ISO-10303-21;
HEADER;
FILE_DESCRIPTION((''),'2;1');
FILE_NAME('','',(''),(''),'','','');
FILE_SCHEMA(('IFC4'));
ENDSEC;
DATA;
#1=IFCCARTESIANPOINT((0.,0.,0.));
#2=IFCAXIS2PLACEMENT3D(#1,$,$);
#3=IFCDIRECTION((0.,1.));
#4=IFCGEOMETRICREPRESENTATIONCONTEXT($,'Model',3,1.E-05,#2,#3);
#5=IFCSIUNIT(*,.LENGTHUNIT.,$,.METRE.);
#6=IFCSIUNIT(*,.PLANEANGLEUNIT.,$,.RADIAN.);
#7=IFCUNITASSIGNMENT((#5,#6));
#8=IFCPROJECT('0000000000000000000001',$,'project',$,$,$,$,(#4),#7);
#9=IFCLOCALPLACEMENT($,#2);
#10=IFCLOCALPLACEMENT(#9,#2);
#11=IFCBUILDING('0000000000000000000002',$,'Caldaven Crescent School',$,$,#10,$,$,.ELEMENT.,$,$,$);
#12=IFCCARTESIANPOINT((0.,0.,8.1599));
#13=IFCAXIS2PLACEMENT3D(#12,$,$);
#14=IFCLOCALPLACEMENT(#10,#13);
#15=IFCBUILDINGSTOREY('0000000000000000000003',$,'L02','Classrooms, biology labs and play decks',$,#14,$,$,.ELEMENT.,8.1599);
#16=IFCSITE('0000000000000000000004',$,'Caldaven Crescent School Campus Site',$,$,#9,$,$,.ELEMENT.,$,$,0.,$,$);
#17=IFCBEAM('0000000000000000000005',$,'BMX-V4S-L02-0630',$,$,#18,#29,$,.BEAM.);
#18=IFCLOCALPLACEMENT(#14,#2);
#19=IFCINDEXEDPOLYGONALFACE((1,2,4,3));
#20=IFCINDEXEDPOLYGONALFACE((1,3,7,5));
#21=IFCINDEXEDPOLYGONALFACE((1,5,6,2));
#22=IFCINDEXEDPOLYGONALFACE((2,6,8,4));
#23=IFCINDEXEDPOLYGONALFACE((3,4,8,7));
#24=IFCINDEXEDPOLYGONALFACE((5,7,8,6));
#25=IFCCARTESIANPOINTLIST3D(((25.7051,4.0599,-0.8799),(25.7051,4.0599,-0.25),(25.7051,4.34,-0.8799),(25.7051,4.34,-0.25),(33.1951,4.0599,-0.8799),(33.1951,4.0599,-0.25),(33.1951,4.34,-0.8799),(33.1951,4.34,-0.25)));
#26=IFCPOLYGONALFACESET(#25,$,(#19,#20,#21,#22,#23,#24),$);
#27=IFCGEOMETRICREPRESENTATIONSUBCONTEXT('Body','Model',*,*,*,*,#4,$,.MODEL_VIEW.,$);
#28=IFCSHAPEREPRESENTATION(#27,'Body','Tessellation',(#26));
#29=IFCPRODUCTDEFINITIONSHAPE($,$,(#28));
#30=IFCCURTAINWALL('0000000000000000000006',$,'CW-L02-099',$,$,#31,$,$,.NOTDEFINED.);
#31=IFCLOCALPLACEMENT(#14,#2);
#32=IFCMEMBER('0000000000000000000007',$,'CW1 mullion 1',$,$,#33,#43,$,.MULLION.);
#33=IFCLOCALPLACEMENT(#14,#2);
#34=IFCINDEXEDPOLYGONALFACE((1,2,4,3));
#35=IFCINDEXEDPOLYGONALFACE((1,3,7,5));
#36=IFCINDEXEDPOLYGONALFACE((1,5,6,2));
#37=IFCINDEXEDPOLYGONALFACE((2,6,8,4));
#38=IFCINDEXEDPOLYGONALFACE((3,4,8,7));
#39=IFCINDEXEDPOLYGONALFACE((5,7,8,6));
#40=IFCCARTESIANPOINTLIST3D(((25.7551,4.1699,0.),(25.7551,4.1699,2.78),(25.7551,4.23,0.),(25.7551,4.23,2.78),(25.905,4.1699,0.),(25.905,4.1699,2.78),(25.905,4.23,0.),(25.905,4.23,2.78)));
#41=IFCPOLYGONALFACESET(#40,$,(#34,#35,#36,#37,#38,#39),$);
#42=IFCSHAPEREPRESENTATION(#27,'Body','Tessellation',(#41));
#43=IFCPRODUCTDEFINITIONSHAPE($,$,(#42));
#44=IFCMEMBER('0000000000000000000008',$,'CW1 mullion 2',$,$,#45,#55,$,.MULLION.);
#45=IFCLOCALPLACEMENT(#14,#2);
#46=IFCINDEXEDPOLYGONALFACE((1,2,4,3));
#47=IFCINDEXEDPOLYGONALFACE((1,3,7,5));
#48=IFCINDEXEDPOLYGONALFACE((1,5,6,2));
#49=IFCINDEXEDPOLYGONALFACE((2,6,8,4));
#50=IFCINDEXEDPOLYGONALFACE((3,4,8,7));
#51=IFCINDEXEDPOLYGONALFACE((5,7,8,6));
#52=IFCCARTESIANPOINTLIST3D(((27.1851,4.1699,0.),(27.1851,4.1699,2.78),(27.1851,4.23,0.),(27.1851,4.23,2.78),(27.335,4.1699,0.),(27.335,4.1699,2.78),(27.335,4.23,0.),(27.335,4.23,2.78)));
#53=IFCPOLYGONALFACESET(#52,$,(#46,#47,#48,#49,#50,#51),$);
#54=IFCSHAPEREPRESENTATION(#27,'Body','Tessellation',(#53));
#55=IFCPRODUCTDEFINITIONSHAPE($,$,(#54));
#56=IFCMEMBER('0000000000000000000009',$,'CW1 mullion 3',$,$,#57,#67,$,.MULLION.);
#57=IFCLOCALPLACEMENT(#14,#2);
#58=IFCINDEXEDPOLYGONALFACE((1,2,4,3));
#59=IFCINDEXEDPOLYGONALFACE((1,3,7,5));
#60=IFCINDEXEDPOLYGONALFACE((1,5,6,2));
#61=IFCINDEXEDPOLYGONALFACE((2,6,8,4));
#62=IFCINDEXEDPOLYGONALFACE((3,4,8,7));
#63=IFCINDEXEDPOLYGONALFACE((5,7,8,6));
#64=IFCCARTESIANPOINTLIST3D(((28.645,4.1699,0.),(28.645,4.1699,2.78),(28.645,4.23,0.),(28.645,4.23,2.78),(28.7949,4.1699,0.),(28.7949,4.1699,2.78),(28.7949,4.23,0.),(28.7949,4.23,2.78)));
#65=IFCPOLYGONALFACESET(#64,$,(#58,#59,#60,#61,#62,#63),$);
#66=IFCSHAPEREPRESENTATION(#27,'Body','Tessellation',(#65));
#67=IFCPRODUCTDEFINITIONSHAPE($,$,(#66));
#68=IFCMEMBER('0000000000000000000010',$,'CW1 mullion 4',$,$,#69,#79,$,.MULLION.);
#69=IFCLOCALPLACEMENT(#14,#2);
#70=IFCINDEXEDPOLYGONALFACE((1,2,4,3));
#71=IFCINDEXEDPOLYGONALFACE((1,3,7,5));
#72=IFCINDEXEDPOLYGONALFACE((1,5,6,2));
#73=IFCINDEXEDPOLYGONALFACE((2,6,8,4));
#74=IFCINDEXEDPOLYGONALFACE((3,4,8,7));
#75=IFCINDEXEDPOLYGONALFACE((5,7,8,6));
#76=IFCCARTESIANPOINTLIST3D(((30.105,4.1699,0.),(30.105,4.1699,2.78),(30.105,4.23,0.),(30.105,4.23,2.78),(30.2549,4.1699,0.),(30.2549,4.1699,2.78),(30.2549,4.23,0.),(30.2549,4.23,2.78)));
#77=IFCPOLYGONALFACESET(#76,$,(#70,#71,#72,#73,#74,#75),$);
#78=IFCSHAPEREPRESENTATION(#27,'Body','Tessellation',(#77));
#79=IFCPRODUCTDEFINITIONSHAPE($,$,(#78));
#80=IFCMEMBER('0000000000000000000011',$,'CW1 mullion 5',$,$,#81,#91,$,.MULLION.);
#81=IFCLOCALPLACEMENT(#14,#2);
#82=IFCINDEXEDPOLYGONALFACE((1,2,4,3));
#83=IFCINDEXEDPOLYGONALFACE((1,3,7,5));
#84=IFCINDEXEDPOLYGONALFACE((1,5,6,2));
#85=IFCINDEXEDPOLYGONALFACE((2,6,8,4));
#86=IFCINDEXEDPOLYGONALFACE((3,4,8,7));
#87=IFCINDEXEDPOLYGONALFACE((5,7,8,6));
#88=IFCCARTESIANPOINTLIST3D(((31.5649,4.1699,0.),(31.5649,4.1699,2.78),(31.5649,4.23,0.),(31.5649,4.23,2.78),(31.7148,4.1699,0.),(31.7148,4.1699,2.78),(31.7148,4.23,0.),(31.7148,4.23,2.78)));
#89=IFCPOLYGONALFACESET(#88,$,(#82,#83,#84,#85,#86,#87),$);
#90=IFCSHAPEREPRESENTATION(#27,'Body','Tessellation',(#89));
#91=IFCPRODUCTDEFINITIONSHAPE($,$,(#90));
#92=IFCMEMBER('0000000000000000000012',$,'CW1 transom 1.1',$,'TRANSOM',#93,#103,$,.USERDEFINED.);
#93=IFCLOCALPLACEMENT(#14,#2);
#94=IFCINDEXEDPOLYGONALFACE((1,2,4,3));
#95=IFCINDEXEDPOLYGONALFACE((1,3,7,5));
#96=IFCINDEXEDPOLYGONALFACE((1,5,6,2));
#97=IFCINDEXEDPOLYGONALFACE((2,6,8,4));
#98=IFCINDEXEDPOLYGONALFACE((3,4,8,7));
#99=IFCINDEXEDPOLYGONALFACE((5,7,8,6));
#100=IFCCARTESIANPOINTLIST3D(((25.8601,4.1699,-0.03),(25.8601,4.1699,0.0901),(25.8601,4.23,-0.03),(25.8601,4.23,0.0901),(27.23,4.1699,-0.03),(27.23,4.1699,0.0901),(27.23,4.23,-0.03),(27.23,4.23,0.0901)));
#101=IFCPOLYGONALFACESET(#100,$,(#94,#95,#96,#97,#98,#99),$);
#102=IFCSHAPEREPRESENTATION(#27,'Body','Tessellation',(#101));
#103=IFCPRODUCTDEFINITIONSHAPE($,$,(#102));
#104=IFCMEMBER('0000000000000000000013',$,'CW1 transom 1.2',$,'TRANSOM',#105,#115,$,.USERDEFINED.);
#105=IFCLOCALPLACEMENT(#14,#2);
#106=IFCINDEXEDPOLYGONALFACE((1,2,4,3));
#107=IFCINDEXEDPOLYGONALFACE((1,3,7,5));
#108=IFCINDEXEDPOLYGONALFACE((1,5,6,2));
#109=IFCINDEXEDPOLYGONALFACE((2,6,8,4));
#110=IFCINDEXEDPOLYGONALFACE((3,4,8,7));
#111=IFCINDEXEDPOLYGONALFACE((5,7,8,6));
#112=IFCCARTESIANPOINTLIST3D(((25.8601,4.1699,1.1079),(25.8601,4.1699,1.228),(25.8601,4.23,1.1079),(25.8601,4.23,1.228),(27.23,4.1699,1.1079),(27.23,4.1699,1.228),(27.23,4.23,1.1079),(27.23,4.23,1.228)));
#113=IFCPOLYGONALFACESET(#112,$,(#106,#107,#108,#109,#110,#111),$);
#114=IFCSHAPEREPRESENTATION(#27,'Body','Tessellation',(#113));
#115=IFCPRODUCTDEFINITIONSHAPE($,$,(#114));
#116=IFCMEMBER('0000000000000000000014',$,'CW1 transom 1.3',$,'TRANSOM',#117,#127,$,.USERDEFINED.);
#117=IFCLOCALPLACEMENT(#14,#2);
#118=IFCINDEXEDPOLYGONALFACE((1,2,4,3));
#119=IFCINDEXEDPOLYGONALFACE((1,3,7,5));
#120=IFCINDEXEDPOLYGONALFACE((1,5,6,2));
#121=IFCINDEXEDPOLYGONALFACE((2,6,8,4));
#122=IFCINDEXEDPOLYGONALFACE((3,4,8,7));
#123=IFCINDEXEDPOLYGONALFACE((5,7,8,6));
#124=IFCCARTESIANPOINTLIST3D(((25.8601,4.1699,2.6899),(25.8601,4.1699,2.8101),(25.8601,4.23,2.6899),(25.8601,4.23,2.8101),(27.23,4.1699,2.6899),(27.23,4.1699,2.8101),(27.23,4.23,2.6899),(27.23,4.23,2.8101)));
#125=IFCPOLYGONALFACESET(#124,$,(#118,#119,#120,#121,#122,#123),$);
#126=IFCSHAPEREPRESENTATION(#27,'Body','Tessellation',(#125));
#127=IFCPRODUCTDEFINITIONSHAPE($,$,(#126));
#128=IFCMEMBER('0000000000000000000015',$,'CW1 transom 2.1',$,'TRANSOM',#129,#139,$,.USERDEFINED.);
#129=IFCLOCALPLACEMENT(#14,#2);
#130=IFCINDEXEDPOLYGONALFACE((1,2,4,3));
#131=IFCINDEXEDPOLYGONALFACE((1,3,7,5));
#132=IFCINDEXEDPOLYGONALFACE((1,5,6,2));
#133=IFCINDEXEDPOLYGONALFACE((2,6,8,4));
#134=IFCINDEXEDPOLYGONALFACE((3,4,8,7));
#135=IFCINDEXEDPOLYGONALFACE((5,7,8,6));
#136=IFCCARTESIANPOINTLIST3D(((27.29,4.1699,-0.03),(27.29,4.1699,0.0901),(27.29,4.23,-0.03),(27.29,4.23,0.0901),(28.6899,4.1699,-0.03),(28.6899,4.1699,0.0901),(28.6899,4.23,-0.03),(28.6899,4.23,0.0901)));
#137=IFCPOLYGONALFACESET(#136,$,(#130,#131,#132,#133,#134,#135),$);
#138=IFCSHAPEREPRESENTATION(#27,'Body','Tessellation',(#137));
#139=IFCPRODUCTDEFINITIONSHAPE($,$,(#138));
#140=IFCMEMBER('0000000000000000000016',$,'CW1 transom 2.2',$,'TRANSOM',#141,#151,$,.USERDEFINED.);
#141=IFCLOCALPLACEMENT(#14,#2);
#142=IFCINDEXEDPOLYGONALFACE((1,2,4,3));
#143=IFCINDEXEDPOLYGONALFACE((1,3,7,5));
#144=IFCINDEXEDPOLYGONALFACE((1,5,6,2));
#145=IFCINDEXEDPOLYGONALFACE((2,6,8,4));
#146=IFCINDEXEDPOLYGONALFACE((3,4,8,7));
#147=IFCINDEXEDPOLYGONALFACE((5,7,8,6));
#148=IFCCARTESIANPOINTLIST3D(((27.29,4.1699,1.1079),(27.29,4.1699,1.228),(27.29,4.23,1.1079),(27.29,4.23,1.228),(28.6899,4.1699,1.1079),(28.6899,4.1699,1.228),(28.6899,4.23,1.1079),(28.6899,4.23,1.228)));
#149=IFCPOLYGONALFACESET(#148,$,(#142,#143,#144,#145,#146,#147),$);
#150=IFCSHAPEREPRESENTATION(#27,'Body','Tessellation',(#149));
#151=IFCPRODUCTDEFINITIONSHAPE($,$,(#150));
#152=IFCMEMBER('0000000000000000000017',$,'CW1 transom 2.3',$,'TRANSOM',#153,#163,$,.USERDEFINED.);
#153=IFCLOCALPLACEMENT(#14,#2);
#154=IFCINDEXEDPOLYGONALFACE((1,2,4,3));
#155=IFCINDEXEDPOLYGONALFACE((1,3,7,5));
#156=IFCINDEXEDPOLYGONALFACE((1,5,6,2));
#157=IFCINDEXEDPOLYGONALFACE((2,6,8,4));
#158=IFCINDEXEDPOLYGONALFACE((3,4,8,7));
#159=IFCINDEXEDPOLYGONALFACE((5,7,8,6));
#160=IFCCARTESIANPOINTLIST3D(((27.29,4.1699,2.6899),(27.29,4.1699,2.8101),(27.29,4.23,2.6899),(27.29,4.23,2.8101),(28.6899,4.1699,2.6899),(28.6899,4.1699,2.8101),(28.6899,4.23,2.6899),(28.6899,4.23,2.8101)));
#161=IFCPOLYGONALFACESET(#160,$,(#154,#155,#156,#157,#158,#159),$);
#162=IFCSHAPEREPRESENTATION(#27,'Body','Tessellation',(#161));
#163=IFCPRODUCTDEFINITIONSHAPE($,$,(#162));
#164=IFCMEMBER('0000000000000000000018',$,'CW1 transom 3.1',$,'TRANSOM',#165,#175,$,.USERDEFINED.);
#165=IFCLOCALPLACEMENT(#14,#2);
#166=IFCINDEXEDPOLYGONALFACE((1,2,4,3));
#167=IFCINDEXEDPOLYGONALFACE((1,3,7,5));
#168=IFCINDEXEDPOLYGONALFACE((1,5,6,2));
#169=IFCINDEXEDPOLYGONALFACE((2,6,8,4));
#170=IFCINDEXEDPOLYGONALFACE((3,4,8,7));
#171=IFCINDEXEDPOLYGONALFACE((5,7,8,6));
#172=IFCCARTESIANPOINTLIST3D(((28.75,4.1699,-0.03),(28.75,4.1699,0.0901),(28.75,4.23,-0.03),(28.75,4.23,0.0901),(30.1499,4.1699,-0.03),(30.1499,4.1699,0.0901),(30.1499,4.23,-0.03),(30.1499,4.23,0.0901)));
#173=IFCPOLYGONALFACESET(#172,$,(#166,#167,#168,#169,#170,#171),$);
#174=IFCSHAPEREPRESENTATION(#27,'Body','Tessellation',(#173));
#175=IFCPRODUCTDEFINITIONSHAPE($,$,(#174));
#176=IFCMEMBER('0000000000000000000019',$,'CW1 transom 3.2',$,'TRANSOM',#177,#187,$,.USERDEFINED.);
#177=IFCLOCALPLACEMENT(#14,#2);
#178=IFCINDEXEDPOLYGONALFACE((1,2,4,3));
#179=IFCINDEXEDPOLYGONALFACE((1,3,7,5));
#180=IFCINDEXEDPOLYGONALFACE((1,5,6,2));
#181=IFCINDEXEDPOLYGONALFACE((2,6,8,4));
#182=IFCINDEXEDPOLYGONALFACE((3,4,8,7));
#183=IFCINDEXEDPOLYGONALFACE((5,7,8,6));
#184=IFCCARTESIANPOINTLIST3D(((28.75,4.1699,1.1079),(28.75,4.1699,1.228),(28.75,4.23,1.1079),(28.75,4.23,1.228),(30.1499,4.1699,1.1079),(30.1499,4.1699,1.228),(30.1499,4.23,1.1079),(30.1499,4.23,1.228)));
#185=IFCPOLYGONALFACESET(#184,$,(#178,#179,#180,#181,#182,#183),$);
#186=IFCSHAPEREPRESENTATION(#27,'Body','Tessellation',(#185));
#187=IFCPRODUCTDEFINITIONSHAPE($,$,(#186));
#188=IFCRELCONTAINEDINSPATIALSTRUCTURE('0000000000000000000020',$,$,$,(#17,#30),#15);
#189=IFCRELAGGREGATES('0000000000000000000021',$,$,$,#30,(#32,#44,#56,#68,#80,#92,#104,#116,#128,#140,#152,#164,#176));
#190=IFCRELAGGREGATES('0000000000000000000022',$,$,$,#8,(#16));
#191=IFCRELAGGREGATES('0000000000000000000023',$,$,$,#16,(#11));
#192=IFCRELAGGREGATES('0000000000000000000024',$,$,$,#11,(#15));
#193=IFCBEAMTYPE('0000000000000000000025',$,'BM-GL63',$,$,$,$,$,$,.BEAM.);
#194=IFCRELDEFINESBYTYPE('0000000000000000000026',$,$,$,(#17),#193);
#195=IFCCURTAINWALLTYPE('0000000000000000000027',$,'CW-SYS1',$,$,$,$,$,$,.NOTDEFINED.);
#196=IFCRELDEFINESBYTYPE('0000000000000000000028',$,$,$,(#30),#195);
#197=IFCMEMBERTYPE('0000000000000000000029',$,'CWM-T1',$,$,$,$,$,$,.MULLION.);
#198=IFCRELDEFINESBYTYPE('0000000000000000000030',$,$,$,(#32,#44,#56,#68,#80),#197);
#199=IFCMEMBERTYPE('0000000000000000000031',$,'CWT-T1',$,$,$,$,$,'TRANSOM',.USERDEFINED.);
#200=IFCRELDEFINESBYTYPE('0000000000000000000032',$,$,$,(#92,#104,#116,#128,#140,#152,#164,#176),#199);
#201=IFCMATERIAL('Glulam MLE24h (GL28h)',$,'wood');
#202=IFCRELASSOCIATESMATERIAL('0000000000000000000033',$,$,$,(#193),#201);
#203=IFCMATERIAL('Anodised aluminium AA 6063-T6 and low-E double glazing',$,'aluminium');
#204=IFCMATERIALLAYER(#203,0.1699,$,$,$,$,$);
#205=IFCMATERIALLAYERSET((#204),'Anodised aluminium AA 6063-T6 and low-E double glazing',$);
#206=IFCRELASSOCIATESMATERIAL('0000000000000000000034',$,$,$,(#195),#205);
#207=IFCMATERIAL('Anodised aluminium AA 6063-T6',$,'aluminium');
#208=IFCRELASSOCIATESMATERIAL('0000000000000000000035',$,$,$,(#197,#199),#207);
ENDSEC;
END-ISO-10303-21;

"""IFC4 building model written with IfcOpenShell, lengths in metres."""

from ifc_helpers import new_model, si_unit, direction, frame, origin, origin_2d, place, context, subcontext, project, spatial, rectangle, extrude, material, layer, layer_set, material_profile, profile_set, type_object, element, aggregate, save


model = new_model("IFC4")

# Units and contexts
model_context = context("Model", 3, precision=1e-05, world=origin(), true_north=direction((0.0, 1.0)))
body_context = subcontext(model_context, "Body", "Model", "MODEL_VIEW")
ifc_project = project(units=[si_unit("LENGTHUNIT", "METRE"), si_unit("PLANEANGLEUNIT", "RADIAN")], contexts=[model_context])

# Site, building, storey
site_placement = place(None, origin())
site = spatial("IfcSite", under=ifc_project, at=site_placement, Name="Caldaven Crescent School Campus Site", CompositionType="ELEMENT", RefElevation=0.0)
building_placement = place(site_placement, origin())
building = spatial("IfcBuilding", under=site, at=building_placement, Name="Caldaven Crescent School", CompositionType="ELEMENT")
storey_placement = place(building_placement, frame((0.0, 0.0, 8.1599)))
storey = spatial("IfcBuildingStorey", under=building, at=storey_placement, Name="L02", Description="Classrooms, biology labs and play decks", CompositionType="ELEMENT", Elevation=8.1599)

# Beam
ifc_material_1 = material(Name="Glulam MLE24h (GL28h)", Category="wood")
ifc_material_profile_1 = material_profile(ifc_material_1, rectangle(XDim=0.28, YDim=0.6299, at=origin_2d()), Name="MLE 280x630")
ifc_profile_set_1 = profile_set([ifc_material_profile_1], Name="Glulam MLE24h (GL28h)")
beam_type = type_object("IfcBeamType", Name="BM-GL63", PredefinedType="BEAM", material=ifc_profile_set_1)
beam_placement = place(storey_placement, frame((25.7051, 4.2, -0.5649), z_axis=(1.0, 0.0, 0.0), x_axis=(0.0, 1.0, 0.0)))
element("IfcBeam", 1, at=beam_placement, inside=storey, type_object=beam_type, Name="BMX-V4S-L02-0630", PredefinedType="BEAM", context=body_context, shape_type="SweptSolid", body=[
    extrude(rectangle(XDim=0.28, YDim=0.6299, at=origin_2d()), origin(), (0.0, 0.0, 1.0), 7.49),
])

# Curtain wall, members
ifc_material_2 = material(Name="Anodised aluminium AA 6063-T6 and low-E double glazing", Category="aluminium")
ifc_layer_1 = layer(ifc_material_2, 0.1699)
ifc_layer_set_1 = layer_set([ifc_layer_1], Name="Anodised aluminium AA 6063-T6 and low-E double glazing")
curtain_wall_type = type_object("IfcCurtainWallType", Name="CW-SYS1", PredefinedType="NOTDEFINED", material=ifc_layer_set_1)
curtain_wall_placement = place(storey_placement, origin())
curtain_wall = element("IfcCurtainWall", 2, at=curtain_wall_placement, inside=storey, type_object=curtain_wall_type, Name="CW-L02-099", PredefinedType="NOTDEFINED")
ifc_material_3 = material(Name="Anodised aluminium AA 6063-T6", Category="aluminium")
ifc_material_profile_2 = material_profile(ifc_material_3, rectangle(XDim=0.0601, YDim=0.1499, at=origin_2d()), Name="CWM 60x150")
ifc_profile_set_2 = profile_set([ifc_material_profile_2], Name="Anodised aluminium AA 6063-T6")
member_type_1 = type_object("IfcMemberType", Name="CWM-T1", PredefinedType="MULLION", material=ifc_profile_set_2)
member_1_placement = place(storey_placement, frame((25.8301, 4.2, 0.0), z_axis=(0.0, 0.0, 1.0), x_axis=(0.0, 1.0, 0.0)))
member_1 = element("IfcMember", 3, at=member_1_placement, type_object=member_type_1, Name="CW1 mullion 1", PredefinedType="MULLION", context=body_context, shape_type="SweptSolid", body=[
    extrude(rectangle(XDim=0.0601, YDim=0.1499, at=origin_2d()), origin(), (0.0, 0.0, 1.0), 2.78),
])
member_2_placement = place(storey_placement, frame((27.26, 4.2, 0.0), z_axis=(0.0, 0.0, 1.0), x_axis=(0.0, 1.0, 0.0)))
member_2 = element("IfcMember", 4, at=member_2_placement, type_object=member_type_1, Name="CW1 mullion 2", PredefinedType="MULLION", context=body_context, shape_type="SweptSolid", body=[
    extrude(rectangle(XDim=0.0601, YDim=0.1499, at=origin_2d()), origin(), (0.0, 0.0, 1.0), 2.78),
])
member_3_placement = place(storey_placement, frame((28.72, 4.2, 0.0), z_axis=(0.0, 0.0, 1.0), x_axis=(0.0, 1.0, 0.0)))
member_3 = element("IfcMember", 5, at=member_3_placement, type_object=member_type_1, Name="CW1 mullion 3", PredefinedType="MULLION", context=body_context, shape_type="SweptSolid", body=[
    extrude(rectangle(XDim=0.0601, YDim=0.1499, at=origin_2d()), origin(), (0.0, 0.0, 1.0), 2.78),
])
member_4_placement = place(storey_placement, frame((30.1799, 4.2, 0.0), z_axis=(0.0, 0.0, 1.0), x_axis=(0.0, 1.0, 0.0)))
member_4 = element("IfcMember", 6, at=member_4_placement, type_object=member_type_1, Name="CW1 mullion 4", PredefinedType="MULLION", context=body_context, shape_type="SweptSolid", body=[
    extrude(rectangle(XDim=0.0601, YDim=0.1499, at=origin_2d()), origin(), (0.0, 0.0, 1.0), 2.78),
])
member_5_placement = place(storey_placement, frame((31.6399, 4.2, 0.0), z_axis=(0.0, 0.0, 1.0), x_axis=(0.0, 1.0, 0.0)))
member_5 = element("IfcMember", 7, at=member_5_placement, type_object=member_type_1, Name="CW1 mullion 5", PredefinedType="MULLION", context=body_context, shape_type="SweptSolid", body=[
    extrude(rectangle(XDim=0.0601, YDim=0.1499, at=origin_2d()), origin(), (0.0, 0.0, 1.0), 2.78),
])
ifc_material_profile_3 = material_profile(ifc_material_3, rectangle(XDim=0.0601, YDim=0.1201, at=origin_2d()), Name="CWT 60x120")
ifc_profile_set_3 = profile_set([ifc_material_profile_3], Name="Anodised aluminium AA 6063-T6")
member_type_2 = type_object("IfcMemberType", Name="CWT-T1", ElementType="TRANSOM", PredefinedType="USERDEFINED", material=ifc_profile_set_3)
member_6_placement = place(storey_placement, frame((25.8601, 4.2, 0.03), z_axis=(1.0, 0.0, 0.0), x_axis=(0.0, 1.0, 0.0)))
member_6 = element("IfcMember", 8, at=member_6_placement, type_object=member_type_2, Name="CW1 transom 1.1", ObjectType="TRANSOM", PredefinedType="USERDEFINED", context=body_context, shape_type="SweptSolid", body=[
    extrude(rectangle(XDim=0.0601, YDim=0.1201, at=origin_2d()), origin(), (0.0, 0.0, 1.0), 1.3699),
])
member_7_placement = place(storey_placement, frame((25.8601, 4.2, 1.168), z_axis=(1.0, 0.0, 0.0), x_axis=(0.0, 1.0, 0.0)))
member_7 = element("IfcMember", 9, at=member_7_placement, type_object=member_type_2, Name="CW1 transom 1.2", ObjectType="TRANSOM", PredefinedType="USERDEFINED", context=body_context, shape_type="SweptSolid", body=[
    extrude(rectangle(XDim=0.0601, YDim=0.1201, at=origin_2d()), origin(), (0.0, 0.0, 1.0), 1.3699),
])
member_8_placement = place(storey_placement, frame((25.8601, 4.2, 2.75), z_axis=(1.0, 0.0, 0.0), x_axis=(0.0, 1.0, 0.0)))
member_8 = element("IfcMember", 10, at=member_8_placement, type_object=member_type_2, Name="CW1 transom 1.3", ObjectType="TRANSOM", PredefinedType="USERDEFINED", context=body_context, shape_type="SweptSolid", body=[
    extrude(rectangle(XDim=0.0601, YDim=0.1201, at=origin_2d()), origin(), (0.0, 0.0, 1.0), 1.3699),
])
member_9_placement = place(storey_placement, frame((27.29, 4.2, 0.03), z_axis=(1.0, 0.0, 0.0), x_axis=(0.0, 1.0, 0.0)))
member_9 = element("IfcMember", 11, at=member_9_placement, type_object=member_type_2, Name="CW1 transom 2.1", ObjectType="TRANSOM", PredefinedType="USERDEFINED", context=body_context, shape_type="SweptSolid", body=[
    extrude(rectangle(XDim=0.0601, YDim=0.1201, at=origin_2d()), origin(), (0.0, 0.0, 1.0), 1.3999),
])
member_10_placement = place(storey_placement, frame((27.29, 4.2, 1.168), z_axis=(1.0, 0.0, 0.0), x_axis=(0.0, 1.0, 0.0)))
member_10 = element("IfcMember", 12, at=member_10_placement, type_object=member_type_2, Name="CW1 transom 2.2", ObjectType="TRANSOM", PredefinedType="USERDEFINED", context=body_context, shape_type="SweptSolid", body=[
    extrude(rectangle(XDim=0.0601, YDim=0.1201, at=origin_2d()), origin(), (0.0, 0.0, 1.0), 1.3999),
])
member_11_placement = place(storey_placement, frame((27.29, 4.2, 2.75), z_axis=(1.0, 0.0, 0.0), x_axis=(0.0, 1.0, 0.0)))
member_11 = element("IfcMember", 13, at=member_11_placement, type_object=member_type_2, Name="CW1 transom 2.3", ObjectType="TRANSOM", PredefinedType="USERDEFINED", context=body_context, shape_type="SweptSolid", body=[
    extrude(rectangle(XDim=0.0601, YDim=0.1201, at=origin_2d()), origin(), (0.0, 0.0, 1.0), 1.3999),
])
member_12_placement = place(storey_placement, frame((28.75, 4.2, 0.03), z_axis=(1.0, 0.0, 0.0), x_axis=(0.0, 1.0, 0.0)))
member_12 = element("IfcMember", 14, at=member_12_placement, type_object=member_type_2, Name="CW1 transom 3.1", ObjectType="TRANSOM", PredefinedType="USERDEFINED", context=body_context, shape_type="SweptSolid", body=[
    extrude(rectangle(XDim=0.0601, YDim=0.1201, at=origin_2d()), origin(), (0.0, 0.0, 1.0), 1.3999),
])
member_13_placement = place(storey_placement, frame((28.75, 4.2, 1.168), z_axis=(1.0, 0.0, 0.0), x_axis=(0.0, 1.0, 0.0)))
member_13 = element("IfcMember", 15, at=member_13_placement, type_object=member_type_2, Name="CW1 transom 3.2", ObjectType="TRANSOM", PredefinedType="USERDEFINED", context=body_context, shape_type="SweptSolid", body=[
    extrude(rectangle(XDim=0.0601, YDim=0.1201, at=origin_2d()), origin(), (0.0, 0.0, 1.0), 1.3999),
])
aggregate(curtain_wall, [member_1, member_2, member_3, member_4, member_5, member_6, member_7, member_8, member_9, member_10, member_11, member_12, member_13])

save(model, "model.ifc")
